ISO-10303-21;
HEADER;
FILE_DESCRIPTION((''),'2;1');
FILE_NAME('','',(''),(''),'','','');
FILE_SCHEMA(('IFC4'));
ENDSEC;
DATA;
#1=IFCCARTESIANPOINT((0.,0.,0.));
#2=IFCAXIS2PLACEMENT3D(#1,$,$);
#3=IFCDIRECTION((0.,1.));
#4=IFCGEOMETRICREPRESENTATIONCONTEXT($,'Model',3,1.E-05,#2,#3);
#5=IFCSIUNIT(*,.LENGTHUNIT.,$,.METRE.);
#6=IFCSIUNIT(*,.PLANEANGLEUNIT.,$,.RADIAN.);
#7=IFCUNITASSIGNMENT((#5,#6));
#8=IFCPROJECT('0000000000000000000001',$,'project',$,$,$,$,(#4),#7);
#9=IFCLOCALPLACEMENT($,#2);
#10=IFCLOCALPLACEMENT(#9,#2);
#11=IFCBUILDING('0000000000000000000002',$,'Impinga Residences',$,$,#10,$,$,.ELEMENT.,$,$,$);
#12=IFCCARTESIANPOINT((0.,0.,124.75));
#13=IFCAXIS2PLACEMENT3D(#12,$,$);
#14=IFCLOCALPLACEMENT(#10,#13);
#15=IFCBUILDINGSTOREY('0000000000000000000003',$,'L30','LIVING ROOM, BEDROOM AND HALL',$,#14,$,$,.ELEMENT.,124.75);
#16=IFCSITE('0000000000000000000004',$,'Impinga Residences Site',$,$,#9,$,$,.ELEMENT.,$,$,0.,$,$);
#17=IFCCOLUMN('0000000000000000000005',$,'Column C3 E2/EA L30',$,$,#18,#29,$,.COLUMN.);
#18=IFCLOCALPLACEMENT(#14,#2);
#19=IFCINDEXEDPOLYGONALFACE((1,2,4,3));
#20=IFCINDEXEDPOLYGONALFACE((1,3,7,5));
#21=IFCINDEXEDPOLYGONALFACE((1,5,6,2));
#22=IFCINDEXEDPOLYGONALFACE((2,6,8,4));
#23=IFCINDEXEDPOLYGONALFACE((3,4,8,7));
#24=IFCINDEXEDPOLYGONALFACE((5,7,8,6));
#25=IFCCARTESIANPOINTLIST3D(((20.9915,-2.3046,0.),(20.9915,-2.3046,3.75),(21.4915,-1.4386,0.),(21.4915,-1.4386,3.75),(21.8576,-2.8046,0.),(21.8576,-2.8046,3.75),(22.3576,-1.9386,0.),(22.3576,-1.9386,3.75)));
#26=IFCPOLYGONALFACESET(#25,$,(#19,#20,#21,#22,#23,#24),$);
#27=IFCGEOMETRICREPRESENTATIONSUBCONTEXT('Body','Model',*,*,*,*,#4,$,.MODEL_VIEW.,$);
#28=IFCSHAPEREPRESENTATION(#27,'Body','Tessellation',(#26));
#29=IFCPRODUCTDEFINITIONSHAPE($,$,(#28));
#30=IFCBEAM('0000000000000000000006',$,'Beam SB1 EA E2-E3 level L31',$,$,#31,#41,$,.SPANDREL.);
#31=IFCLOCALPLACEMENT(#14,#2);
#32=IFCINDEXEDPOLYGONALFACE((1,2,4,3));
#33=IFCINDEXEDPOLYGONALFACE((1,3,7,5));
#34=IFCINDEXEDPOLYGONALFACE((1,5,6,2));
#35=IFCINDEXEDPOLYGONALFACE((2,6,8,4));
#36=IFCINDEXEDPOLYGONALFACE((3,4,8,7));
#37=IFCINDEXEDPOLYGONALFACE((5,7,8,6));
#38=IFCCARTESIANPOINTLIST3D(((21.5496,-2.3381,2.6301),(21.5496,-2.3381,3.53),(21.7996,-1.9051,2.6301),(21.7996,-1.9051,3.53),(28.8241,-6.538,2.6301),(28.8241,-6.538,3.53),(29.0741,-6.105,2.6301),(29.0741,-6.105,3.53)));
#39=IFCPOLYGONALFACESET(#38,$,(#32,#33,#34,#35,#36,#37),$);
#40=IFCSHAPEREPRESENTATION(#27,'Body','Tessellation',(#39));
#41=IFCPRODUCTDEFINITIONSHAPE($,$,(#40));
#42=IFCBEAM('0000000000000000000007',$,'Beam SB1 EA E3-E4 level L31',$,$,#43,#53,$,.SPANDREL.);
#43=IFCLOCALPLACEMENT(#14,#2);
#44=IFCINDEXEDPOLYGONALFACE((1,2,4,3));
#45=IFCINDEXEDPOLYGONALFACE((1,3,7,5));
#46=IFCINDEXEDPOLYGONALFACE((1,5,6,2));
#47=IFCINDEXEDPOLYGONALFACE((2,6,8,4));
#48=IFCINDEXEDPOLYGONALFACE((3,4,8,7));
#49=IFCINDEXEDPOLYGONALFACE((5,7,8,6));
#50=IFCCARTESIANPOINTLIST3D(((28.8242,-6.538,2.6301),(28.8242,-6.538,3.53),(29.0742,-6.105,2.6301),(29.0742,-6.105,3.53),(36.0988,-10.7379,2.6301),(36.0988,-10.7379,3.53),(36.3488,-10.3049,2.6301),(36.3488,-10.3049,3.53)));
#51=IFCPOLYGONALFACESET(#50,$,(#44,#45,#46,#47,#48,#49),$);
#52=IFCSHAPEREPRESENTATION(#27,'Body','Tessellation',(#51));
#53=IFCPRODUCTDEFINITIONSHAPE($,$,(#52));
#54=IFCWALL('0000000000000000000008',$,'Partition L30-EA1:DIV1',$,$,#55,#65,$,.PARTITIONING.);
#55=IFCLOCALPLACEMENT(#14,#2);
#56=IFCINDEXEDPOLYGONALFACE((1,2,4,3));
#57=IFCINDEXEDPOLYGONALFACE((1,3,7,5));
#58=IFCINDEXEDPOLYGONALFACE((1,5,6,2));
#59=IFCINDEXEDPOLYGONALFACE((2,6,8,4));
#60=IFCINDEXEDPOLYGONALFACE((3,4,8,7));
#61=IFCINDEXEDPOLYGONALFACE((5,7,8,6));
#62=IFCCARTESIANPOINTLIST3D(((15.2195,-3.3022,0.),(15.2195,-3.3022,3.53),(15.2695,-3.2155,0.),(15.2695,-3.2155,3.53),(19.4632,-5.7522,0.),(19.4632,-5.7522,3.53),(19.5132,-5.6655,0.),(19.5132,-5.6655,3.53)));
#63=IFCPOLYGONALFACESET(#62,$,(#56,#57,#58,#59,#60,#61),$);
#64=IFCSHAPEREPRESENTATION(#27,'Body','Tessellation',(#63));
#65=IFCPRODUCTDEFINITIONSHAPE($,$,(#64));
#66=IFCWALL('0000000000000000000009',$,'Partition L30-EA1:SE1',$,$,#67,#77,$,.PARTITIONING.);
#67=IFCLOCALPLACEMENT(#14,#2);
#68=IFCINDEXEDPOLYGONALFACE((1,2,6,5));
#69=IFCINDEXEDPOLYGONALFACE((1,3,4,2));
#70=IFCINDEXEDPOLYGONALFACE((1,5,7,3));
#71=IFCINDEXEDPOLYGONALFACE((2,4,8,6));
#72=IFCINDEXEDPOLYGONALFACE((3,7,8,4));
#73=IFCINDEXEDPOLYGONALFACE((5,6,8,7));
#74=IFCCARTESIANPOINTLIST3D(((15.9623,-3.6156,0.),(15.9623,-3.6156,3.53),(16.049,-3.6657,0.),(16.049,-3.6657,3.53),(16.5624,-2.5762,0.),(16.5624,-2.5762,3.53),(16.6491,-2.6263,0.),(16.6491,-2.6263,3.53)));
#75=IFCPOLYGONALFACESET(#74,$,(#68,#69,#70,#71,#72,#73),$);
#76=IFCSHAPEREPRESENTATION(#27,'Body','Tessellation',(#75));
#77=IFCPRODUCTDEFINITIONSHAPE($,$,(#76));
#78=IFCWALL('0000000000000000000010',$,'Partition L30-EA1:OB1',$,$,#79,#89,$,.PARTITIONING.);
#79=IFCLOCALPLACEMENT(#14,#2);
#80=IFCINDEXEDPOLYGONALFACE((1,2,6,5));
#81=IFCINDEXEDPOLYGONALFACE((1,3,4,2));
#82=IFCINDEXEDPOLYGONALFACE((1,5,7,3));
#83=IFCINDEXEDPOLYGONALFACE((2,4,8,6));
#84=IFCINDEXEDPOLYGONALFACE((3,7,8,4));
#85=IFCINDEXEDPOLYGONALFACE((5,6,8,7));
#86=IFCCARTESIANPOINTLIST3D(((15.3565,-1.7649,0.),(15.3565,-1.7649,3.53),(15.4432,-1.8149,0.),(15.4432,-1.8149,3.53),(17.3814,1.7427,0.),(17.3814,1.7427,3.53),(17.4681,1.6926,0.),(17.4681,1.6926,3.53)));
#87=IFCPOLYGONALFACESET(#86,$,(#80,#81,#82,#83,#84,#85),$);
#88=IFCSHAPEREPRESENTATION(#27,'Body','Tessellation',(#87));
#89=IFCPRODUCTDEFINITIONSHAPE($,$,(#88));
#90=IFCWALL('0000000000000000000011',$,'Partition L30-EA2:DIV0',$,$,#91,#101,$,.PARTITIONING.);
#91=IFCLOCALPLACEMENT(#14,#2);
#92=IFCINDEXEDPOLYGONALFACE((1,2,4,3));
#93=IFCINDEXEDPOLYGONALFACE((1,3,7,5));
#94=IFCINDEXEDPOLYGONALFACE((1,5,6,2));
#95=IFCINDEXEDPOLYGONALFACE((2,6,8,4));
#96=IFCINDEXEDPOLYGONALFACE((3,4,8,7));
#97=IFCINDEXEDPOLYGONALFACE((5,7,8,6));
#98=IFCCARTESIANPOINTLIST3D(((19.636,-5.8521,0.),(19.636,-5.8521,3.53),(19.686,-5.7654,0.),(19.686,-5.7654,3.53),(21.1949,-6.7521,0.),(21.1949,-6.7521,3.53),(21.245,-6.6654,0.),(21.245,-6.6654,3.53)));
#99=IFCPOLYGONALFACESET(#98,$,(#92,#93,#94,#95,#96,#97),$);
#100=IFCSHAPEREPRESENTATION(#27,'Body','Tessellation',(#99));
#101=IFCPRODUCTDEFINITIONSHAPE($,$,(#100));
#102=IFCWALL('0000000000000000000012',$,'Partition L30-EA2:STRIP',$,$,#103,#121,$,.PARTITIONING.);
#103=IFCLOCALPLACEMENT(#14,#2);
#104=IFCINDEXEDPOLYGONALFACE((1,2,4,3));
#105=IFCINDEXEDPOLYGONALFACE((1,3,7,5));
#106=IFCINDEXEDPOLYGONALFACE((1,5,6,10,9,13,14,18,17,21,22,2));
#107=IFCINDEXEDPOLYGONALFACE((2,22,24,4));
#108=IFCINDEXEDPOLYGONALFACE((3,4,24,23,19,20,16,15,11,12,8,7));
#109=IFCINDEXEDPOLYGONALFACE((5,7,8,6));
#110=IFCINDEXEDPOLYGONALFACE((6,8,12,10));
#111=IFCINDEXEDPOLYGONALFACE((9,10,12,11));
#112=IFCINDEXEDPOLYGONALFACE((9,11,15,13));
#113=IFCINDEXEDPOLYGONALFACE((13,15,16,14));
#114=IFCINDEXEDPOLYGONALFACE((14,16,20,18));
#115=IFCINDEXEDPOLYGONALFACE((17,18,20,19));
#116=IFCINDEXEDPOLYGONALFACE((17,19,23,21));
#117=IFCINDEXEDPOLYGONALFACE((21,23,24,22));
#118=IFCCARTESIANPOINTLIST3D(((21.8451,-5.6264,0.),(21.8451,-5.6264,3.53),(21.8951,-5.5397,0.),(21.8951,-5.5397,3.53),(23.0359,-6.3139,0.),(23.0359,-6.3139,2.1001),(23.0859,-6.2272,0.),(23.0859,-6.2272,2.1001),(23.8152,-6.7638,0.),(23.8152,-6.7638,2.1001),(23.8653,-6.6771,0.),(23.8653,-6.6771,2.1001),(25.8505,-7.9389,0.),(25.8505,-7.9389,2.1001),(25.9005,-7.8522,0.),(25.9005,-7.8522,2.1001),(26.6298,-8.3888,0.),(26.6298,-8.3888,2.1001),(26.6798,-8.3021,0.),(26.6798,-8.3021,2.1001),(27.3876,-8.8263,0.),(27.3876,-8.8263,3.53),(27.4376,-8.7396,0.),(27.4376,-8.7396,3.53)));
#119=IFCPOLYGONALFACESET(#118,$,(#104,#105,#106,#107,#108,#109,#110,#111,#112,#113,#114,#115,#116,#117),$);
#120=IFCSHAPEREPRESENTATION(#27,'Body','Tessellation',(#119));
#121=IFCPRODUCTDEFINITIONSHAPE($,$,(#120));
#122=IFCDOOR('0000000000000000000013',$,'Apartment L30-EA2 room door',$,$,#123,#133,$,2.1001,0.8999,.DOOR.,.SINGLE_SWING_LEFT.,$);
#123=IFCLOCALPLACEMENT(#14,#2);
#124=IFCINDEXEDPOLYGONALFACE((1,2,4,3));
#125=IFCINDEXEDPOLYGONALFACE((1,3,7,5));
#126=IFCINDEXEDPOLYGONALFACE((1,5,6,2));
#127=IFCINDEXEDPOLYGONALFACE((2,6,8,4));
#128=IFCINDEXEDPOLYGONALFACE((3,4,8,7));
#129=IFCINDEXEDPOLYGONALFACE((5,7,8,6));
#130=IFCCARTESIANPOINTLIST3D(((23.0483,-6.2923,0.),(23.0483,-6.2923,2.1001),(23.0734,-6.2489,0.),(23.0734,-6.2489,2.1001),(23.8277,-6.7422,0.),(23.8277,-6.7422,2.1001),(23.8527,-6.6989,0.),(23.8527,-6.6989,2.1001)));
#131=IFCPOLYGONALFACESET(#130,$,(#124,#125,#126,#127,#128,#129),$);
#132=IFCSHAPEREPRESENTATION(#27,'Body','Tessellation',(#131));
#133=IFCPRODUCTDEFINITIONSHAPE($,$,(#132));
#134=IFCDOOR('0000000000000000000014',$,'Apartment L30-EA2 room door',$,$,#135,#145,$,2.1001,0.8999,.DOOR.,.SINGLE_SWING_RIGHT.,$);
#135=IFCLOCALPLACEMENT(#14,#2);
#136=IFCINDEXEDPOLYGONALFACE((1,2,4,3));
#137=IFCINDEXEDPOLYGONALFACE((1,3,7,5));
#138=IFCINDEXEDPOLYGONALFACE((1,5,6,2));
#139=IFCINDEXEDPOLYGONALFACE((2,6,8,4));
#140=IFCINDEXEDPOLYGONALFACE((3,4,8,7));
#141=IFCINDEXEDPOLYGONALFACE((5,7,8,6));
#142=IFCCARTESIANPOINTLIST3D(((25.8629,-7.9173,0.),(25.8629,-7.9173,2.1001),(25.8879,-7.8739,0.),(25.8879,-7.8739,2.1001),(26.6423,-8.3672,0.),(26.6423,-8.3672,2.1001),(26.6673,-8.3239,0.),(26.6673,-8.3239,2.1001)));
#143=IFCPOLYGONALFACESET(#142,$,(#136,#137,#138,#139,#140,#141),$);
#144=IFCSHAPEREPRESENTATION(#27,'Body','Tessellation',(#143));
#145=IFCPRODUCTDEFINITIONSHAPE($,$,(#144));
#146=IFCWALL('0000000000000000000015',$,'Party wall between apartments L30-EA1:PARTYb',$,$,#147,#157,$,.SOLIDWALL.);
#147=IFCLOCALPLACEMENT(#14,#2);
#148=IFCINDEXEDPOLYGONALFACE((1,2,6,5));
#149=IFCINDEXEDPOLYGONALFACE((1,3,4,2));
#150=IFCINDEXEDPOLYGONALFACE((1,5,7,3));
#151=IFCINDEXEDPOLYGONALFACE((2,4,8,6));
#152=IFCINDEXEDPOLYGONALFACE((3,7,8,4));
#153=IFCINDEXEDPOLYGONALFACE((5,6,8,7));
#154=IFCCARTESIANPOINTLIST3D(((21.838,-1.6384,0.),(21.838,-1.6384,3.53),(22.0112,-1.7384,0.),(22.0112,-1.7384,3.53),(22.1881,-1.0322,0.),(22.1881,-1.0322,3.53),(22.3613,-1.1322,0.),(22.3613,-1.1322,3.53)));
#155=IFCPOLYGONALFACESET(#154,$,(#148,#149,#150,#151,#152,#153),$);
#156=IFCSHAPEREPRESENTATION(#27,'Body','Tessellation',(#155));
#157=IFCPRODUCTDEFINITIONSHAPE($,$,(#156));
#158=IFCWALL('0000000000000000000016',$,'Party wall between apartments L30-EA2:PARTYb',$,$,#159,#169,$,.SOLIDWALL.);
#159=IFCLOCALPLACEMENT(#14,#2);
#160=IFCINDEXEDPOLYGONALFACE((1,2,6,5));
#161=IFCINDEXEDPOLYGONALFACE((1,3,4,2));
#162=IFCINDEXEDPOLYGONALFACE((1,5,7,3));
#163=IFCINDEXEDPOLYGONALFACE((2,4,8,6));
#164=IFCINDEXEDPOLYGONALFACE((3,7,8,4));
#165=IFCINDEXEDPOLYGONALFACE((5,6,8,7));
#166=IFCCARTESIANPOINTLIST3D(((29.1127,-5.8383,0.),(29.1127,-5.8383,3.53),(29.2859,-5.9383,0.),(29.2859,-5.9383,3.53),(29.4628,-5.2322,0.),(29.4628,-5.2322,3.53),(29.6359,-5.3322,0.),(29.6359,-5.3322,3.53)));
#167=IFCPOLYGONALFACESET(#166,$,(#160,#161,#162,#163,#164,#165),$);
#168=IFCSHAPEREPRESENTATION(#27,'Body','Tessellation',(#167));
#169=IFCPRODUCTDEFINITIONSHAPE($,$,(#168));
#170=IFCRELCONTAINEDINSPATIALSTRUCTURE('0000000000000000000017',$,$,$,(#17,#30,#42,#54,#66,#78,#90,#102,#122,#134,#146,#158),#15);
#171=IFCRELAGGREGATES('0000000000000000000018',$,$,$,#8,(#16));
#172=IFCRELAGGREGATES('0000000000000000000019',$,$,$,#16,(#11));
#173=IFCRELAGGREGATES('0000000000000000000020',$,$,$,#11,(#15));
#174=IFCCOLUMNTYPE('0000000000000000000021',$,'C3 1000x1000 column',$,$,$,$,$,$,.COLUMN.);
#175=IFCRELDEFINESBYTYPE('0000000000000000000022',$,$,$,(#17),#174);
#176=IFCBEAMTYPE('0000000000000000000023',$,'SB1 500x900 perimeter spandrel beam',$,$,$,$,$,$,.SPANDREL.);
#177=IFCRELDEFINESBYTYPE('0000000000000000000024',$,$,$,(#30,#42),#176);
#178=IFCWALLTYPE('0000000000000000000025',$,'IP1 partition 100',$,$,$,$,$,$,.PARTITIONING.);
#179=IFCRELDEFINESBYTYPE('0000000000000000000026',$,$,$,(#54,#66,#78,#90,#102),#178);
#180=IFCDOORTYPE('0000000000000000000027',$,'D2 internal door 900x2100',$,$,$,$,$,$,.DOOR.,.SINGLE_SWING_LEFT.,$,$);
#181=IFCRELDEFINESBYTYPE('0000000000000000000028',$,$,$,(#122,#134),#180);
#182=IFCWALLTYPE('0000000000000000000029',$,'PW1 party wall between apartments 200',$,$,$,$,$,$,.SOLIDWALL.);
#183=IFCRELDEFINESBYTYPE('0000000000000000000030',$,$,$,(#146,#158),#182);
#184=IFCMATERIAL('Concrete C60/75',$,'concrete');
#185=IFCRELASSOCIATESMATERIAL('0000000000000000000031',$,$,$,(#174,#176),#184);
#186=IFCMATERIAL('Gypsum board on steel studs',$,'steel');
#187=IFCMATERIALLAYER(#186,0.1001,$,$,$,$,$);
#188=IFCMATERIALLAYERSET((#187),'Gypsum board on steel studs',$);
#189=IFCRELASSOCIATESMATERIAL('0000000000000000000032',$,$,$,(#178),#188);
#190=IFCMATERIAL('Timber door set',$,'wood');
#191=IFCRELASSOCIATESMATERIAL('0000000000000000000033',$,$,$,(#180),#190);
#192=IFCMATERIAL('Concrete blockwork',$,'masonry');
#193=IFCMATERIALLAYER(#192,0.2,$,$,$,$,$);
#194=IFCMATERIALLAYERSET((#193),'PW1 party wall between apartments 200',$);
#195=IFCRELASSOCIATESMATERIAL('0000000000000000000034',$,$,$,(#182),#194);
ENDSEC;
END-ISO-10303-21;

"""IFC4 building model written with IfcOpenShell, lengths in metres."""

from ifc_helpers import new_model, si_unit, direction, frame, frame_2d, origin, origin_2d, place, context, subcontext, project, spatial, rectangle, extrude, material, layer, layer_set, material_profile, profile_set, type_object, element, fill, save


model = new_model("IFC4")

# Units and contexts
model_context = context("Model", 3, precision=1e-05, world=origin(), true_north=direction((0.0, 1.0)))
body_context = subcontext(model_context, "Body", "Model", "MODEL_VIEW")
ifc_project = project(units=[si_unit("LENGTHUNIT", "METRE"), si_unit("PLANEANGLEUNIT", "RADIAN")], contexts=[model_context])

# Site, building, storey
site_placement = place(None, origin())
site = spatial("IfcSite", under=ifc_project, at=site_placement, Name="Impinga Residences Site", CompositionType="ELEMENT", RefElevation=0.0)
building_placement = place(site_placement, origin())
building = spatial("IfcBuilding", under=site, at=building_placement, Name="Impinga Residences", CompositionType="ELEMENT")
storey_placement = place(building_placement, frame((0.0, 0.0, 124.75)))
storey = spatial("IfcBuildingStorey", under=building, at=storey_placement, Name="L30", Description="LIVING ROOM, BEDROOM AND HALL", CompositionType="ELEMENT", Elevation=124.75)

# Column
ifc_material_1 = material(Name="Concrete C60/75", Category="concrete")
ifc_material_profile_1 = material_profile(ifc_material_1, rectangle(XDim=1.0, YDim=1.0, at=origin_2d()), Name="RC 1000x1000")
ifc_profile_set_1 = profile_set([ifc_material_profile_1], Name="Concrete C60/75")
column_type = type_object("IfcColumnType", Name="C3 1000x1000 column", PredefinedType="COLUMN", material=ifc_profile_set_1)
column_placement = place(storey_placement, frame((21.6746, -2.1216, 0.0), z_axis=(0.0, 0.0, 1.0), x_axis=(-0.5, -0.866025, 0.0)))
element("IfcColumn", 1, at=column_placement, inside=storey, type_object=column_type, Name="Column C3 E2/EA L30", PredefinedType="COLUMN", context=body_context, shape_type="SweptSolid", body=[
    extrude(rectangle(XDim=1.0, YDim=1.0, at=origin_2d()), origin(), (0.0, 0.0, 1.0), 3.75),
])

# Beams
ifc_material_profile_2 = material_profile(ifc_material_1, rectangle(XDim=0.5, YDim=0.8999, at=origin_2d()), Name="RC 500x900")
ifc_profile_set_2 = profile_set([ifc_material_profile_2], Name="Concrete C60/75")
beam_type = type_object("IfcBeamType", Name="SB1 500x900 perimeter spandrel beam", PredefinedType="SPANDREL", material=ifc_profile_set_2)
for number, where, z_axis, x_axis, name in (
    (2, (21.6746, -2.1216, 3.0801), (0.866029, -0.499993, 0.0), (0.499993, 0.866029, 0.0), "Beam SB1 EA E2-E3 level L31"),
    (3, (28.9492, -6.3215, 3.0801), (0.866029, -0.499993, 0.0), (0.499993, 0.866029, 0.0), "Beam SB1 EA E3-E4 level L31"),
):
    element("IfcBeam", number, at=place(storey_placement, frame(where, z_axis=z_axis, x_axis=x_axis)), inside=storey, type_object=beam_type, Name=name, PredefinedType="SPANDREL", context=body_context, shape_type="SweptSolid", body=[
        extrude(rectangle(XDim=0.5, YDim=0.8999, at=origin_2d()), origin(), (0.0, 0.0, 1.0), 8.3999),
    ])

# Walls
ifc_material_2 = material(Name="Gypsum board on steel studs", Category="steel")
ifc_layer_1 = layer(ifc_material_2, 0.1001)
ifc_layer_set_1 = layer_set([ifc_layer_1], Name="Gypsum board on steel studs")
wall_type_1 = type_object("IfcWallType", Name="IP1 partition 100", PredefinedType="PARTITIONING", material=ifc_layer_set_1)
wall_1_placement = place(storey_placement, frame((15.2444, -3.2588, 0.0), z_axis=(0.0, 0.0, 1.0), x_axis=(0.866036, -0.499981, 0.0)))
element("IfcWall", 4, at=wall_1_placement, inside=storey, type_object=wall_type_1, Name="Partition L30-EA1:DIV1", PredefinedType="PARTITIONING", context=body_context, shape_type="SweptSolid", body=[
    extrude(rectangle(XDim=4.9001, YDim=0.1001, at=frame_2d((2.4502, 0.0))), origin(), (0.0, 0.0, 1.0), 3.53),
])
wall_2_placement = place(storey_placement, frame((16.0056, -3.6406, 0.0), z_axis=(0.0, 0.0, 1.0), x_axis=(0.500034, 0.866006, 0.0)))
element("IfcWall", 5, at=wall_2_placement, inside=storey, type_object=wall_type_1, Name="Partition L30-EA1:SE1", PredefinedType="PARTITIONING", context=body_context, shape_type="SweptSolid", body=[
    extrude(rectangle(XDim=1.2002, YDim=0.1001, at=frame_2d((0.6001, 0.0))), origin(), (0.0, 0.0, 1.0), 3.53),
])
wall_3_placement = place(storey_placement, frame((15.3999, -1.7898, 0.0), z_axis=(0.0, 0.0, 1.0), x_axis=(0.499964, 0.866046, 0.0)))
element("IfcWall", 6, at=wall_3_placement, inside=storey, type_object=wall_type_1, Name="Partition L30-EA1:OB1", PredefinedType="PARTITIONING", context=body_context, shape_type="SweptSolid", body=[
    extrude(rectangle(XDim=4.05, YDim=0.1001, at=frame_2d((2.0249, 0.0))), origin(), (0.0, 0.0, 1.0), 3.53),
])
wall_4_placement = place(storey_placement, frame((19.6611, -5.8088, 0.0), z_axis=(0.0, 0.0, 1.0), x_axis=(0.866048, -0.499961, 0.0)))
element("IfcWall", 7, at=wall_4_placement, inside=storey, type_object=wall_type_1, Name="Partition L30-EA2:DIV0", PredefinedType="PARTITIONING", context=body_context, shape_type="SweptSolid", body=[
    extrude(rectangle(XDim=1.8, YDim=0.1001, at=frame_2d((0.8999, 0.0))), origin(), (0.0, 0.0, 1.0), 3.53),
])

# Wall, openings, doors
wall_5_placement = place(storey_placement, frame((21.8701, -5.583, 0.0), z_axis=(0.0, 0.0, 1.0), x_axis=(0.866025, -0.5, 0.0)))
wall_5 = element("IfcWall", 8, at=wall_5_placement, inside=storey, type_object=wall_type_1, Name="Partition L30-EA2:STRIP", PredefinedType="PARTITIONING", context=body_context, shape_type="SweptSolid", body=[
    extrude(rectangle(XDim=6.3999, YDim=0.1001, at=frame_2d((3.2, 0.0))), origin(), (0.0, 0.0, 1.0), 3.53),
])
opening_1_placement = place(wall_5_placement, frame((1.375, 0.0, 0.0)))
opening_1 = element("IfcOpeningElement", 9, at=opening_1_placement, cuts=wall_5, PredefinedType="OPENING", context=body_context, shape_type="SweptSolid", body=[
    extrude(rectangle(XDim=0.8999, YDim=2.1001, at=frame_2d((0.45, 1.05))), frame((0.0, 0.0601, 0.0), z_axis=(0.0, -1.0, 0.0), x_axis=(1.0, 0.0, 0.0)), (0.0, 0.0, 1.0), 0.1201),
])
opening_2_placement = place(wall_5_placement, frame((4.625, 0.0, 0.0)))
opening_2 = element("IfcOpeningElement", 10, at=opening_2_placement, cuts=wall_5, PredefinedType="OPENING", context=body_context, shape_type="SweptSolid", body=[
    extrude(rectangle(XDim=0.8999, YDim=2.1001, at=frame_2d((0.45, 1.05))), frame((0.0, 0.0601, 0.0), z_axis=(0.0, -1.0, 0.0), x_axis=(1.0, 0.0, 0.0)), (0.0, 0.0, 1.0), 0.1201),
])
ifc_material_3 = material(Name="Timber door set", Category="wood")
door_type = type_object("IfcDoorType", Name="D2 internal door 900x2100", OperationType="SINGLE_SWING_LEFT", PredefinedType="DOOR", material=ifc_material_3)
door_1_placement = place(opening_1_placement, origin())
door_1 = element("IfcDoor", 11, at=door_1_placement, inside=storey, type_object=door_type, Name="Apartment L30-EA2 room door", OperationType="SINGLE_SWING_LEFT", OverallHeight=2.1001, OverallWidth=0.8999, PredefinedType="DOOR", context=body_context, shape_type="SweptSolid", body=[
    extrude(rectangle(XDim=0.8999, YDim=2.1001, at=frame_2d((0.45, 1.05))), frame((0.0, 0.0249, 0.0), z_axis=(0.0, -1.0, 0.0), x_axis=(1.0, 0.0, 0.0)), (0.0, 0.0, 1.0), 0.05),
])
fill(opening_1, door_1)
door_2_placement = place(opening_2_placement, origin())
door_2 = element("IfcDoor", 12, at=door_2_placement, inside=storey, type_object=door_type, Name="Apartment L30-EA2 room door", OperationType="SINGLE_SWING_RIGHT", OverallHeight=2.1001, OverallWidth=0.8999, PredefinedType="DOOR", context=body_context, shape_type="SweptSolid", body=[
    extrude(rectangle(XDim=0.8999, YDim=2.1001, at=frame_2d((0.45, 1.05))), frame((0.0, 0.0249, 0.0), z_axis=(0.0, -1.0, 0.0), x_axis=(1.0, 0.0, 0.0)), (0.0, 0.0, 1.0), 0.05),
])
fill(opening_2, door_2)

# Walls
ifc_material_4 = material(Name="Concrete blockwork", Category="masonry")
ifc_layer_2 = layer(ifc_material_4, 0.2)
ifc_layer_set_2 = layer_set([ifc_layer_2], Name="PW1 party wall between apartments 200")
wall_type_2 = type_object("IfcWallType", Name="PW1 party wall between apartments 200", PredefinedType="SOLIDWALL", material=ifc_layer_set_2)
for number, where, z_axis, x_axis, name in (
    (13, (21.9246, -1.6885, 0.0), (0.0, 0.0, 1.0), (0.500115, 0.865959, 0.0), "Party wall between apartments L30-EA1:PARTYb"),
    (14, (29.1992, -5.8884, 0.0), (0.0, 0.0, 1.0), (0.500115, 0.865959, 0.0), "Party wall between apartments L30-EA2:PARTYb"),
):
    element("IfcWall", number, at=place(storey_placement, frame(where, z_axis=z_axis, x_axis=x_axis)), inside=storey, type_object=wall_type_2, Name=name, PredefinedType="SOLIDWALL", context=body_context, shape_type="SweptSolid", body=[
        extrude(rectangle(XDim=0.7, YDim=0.2, at=frame_2d((0.3501, 0.0))), origin(), (0.0, 0.0, 1.0), 3.53),
    ])

save(model, "model.ifc")
